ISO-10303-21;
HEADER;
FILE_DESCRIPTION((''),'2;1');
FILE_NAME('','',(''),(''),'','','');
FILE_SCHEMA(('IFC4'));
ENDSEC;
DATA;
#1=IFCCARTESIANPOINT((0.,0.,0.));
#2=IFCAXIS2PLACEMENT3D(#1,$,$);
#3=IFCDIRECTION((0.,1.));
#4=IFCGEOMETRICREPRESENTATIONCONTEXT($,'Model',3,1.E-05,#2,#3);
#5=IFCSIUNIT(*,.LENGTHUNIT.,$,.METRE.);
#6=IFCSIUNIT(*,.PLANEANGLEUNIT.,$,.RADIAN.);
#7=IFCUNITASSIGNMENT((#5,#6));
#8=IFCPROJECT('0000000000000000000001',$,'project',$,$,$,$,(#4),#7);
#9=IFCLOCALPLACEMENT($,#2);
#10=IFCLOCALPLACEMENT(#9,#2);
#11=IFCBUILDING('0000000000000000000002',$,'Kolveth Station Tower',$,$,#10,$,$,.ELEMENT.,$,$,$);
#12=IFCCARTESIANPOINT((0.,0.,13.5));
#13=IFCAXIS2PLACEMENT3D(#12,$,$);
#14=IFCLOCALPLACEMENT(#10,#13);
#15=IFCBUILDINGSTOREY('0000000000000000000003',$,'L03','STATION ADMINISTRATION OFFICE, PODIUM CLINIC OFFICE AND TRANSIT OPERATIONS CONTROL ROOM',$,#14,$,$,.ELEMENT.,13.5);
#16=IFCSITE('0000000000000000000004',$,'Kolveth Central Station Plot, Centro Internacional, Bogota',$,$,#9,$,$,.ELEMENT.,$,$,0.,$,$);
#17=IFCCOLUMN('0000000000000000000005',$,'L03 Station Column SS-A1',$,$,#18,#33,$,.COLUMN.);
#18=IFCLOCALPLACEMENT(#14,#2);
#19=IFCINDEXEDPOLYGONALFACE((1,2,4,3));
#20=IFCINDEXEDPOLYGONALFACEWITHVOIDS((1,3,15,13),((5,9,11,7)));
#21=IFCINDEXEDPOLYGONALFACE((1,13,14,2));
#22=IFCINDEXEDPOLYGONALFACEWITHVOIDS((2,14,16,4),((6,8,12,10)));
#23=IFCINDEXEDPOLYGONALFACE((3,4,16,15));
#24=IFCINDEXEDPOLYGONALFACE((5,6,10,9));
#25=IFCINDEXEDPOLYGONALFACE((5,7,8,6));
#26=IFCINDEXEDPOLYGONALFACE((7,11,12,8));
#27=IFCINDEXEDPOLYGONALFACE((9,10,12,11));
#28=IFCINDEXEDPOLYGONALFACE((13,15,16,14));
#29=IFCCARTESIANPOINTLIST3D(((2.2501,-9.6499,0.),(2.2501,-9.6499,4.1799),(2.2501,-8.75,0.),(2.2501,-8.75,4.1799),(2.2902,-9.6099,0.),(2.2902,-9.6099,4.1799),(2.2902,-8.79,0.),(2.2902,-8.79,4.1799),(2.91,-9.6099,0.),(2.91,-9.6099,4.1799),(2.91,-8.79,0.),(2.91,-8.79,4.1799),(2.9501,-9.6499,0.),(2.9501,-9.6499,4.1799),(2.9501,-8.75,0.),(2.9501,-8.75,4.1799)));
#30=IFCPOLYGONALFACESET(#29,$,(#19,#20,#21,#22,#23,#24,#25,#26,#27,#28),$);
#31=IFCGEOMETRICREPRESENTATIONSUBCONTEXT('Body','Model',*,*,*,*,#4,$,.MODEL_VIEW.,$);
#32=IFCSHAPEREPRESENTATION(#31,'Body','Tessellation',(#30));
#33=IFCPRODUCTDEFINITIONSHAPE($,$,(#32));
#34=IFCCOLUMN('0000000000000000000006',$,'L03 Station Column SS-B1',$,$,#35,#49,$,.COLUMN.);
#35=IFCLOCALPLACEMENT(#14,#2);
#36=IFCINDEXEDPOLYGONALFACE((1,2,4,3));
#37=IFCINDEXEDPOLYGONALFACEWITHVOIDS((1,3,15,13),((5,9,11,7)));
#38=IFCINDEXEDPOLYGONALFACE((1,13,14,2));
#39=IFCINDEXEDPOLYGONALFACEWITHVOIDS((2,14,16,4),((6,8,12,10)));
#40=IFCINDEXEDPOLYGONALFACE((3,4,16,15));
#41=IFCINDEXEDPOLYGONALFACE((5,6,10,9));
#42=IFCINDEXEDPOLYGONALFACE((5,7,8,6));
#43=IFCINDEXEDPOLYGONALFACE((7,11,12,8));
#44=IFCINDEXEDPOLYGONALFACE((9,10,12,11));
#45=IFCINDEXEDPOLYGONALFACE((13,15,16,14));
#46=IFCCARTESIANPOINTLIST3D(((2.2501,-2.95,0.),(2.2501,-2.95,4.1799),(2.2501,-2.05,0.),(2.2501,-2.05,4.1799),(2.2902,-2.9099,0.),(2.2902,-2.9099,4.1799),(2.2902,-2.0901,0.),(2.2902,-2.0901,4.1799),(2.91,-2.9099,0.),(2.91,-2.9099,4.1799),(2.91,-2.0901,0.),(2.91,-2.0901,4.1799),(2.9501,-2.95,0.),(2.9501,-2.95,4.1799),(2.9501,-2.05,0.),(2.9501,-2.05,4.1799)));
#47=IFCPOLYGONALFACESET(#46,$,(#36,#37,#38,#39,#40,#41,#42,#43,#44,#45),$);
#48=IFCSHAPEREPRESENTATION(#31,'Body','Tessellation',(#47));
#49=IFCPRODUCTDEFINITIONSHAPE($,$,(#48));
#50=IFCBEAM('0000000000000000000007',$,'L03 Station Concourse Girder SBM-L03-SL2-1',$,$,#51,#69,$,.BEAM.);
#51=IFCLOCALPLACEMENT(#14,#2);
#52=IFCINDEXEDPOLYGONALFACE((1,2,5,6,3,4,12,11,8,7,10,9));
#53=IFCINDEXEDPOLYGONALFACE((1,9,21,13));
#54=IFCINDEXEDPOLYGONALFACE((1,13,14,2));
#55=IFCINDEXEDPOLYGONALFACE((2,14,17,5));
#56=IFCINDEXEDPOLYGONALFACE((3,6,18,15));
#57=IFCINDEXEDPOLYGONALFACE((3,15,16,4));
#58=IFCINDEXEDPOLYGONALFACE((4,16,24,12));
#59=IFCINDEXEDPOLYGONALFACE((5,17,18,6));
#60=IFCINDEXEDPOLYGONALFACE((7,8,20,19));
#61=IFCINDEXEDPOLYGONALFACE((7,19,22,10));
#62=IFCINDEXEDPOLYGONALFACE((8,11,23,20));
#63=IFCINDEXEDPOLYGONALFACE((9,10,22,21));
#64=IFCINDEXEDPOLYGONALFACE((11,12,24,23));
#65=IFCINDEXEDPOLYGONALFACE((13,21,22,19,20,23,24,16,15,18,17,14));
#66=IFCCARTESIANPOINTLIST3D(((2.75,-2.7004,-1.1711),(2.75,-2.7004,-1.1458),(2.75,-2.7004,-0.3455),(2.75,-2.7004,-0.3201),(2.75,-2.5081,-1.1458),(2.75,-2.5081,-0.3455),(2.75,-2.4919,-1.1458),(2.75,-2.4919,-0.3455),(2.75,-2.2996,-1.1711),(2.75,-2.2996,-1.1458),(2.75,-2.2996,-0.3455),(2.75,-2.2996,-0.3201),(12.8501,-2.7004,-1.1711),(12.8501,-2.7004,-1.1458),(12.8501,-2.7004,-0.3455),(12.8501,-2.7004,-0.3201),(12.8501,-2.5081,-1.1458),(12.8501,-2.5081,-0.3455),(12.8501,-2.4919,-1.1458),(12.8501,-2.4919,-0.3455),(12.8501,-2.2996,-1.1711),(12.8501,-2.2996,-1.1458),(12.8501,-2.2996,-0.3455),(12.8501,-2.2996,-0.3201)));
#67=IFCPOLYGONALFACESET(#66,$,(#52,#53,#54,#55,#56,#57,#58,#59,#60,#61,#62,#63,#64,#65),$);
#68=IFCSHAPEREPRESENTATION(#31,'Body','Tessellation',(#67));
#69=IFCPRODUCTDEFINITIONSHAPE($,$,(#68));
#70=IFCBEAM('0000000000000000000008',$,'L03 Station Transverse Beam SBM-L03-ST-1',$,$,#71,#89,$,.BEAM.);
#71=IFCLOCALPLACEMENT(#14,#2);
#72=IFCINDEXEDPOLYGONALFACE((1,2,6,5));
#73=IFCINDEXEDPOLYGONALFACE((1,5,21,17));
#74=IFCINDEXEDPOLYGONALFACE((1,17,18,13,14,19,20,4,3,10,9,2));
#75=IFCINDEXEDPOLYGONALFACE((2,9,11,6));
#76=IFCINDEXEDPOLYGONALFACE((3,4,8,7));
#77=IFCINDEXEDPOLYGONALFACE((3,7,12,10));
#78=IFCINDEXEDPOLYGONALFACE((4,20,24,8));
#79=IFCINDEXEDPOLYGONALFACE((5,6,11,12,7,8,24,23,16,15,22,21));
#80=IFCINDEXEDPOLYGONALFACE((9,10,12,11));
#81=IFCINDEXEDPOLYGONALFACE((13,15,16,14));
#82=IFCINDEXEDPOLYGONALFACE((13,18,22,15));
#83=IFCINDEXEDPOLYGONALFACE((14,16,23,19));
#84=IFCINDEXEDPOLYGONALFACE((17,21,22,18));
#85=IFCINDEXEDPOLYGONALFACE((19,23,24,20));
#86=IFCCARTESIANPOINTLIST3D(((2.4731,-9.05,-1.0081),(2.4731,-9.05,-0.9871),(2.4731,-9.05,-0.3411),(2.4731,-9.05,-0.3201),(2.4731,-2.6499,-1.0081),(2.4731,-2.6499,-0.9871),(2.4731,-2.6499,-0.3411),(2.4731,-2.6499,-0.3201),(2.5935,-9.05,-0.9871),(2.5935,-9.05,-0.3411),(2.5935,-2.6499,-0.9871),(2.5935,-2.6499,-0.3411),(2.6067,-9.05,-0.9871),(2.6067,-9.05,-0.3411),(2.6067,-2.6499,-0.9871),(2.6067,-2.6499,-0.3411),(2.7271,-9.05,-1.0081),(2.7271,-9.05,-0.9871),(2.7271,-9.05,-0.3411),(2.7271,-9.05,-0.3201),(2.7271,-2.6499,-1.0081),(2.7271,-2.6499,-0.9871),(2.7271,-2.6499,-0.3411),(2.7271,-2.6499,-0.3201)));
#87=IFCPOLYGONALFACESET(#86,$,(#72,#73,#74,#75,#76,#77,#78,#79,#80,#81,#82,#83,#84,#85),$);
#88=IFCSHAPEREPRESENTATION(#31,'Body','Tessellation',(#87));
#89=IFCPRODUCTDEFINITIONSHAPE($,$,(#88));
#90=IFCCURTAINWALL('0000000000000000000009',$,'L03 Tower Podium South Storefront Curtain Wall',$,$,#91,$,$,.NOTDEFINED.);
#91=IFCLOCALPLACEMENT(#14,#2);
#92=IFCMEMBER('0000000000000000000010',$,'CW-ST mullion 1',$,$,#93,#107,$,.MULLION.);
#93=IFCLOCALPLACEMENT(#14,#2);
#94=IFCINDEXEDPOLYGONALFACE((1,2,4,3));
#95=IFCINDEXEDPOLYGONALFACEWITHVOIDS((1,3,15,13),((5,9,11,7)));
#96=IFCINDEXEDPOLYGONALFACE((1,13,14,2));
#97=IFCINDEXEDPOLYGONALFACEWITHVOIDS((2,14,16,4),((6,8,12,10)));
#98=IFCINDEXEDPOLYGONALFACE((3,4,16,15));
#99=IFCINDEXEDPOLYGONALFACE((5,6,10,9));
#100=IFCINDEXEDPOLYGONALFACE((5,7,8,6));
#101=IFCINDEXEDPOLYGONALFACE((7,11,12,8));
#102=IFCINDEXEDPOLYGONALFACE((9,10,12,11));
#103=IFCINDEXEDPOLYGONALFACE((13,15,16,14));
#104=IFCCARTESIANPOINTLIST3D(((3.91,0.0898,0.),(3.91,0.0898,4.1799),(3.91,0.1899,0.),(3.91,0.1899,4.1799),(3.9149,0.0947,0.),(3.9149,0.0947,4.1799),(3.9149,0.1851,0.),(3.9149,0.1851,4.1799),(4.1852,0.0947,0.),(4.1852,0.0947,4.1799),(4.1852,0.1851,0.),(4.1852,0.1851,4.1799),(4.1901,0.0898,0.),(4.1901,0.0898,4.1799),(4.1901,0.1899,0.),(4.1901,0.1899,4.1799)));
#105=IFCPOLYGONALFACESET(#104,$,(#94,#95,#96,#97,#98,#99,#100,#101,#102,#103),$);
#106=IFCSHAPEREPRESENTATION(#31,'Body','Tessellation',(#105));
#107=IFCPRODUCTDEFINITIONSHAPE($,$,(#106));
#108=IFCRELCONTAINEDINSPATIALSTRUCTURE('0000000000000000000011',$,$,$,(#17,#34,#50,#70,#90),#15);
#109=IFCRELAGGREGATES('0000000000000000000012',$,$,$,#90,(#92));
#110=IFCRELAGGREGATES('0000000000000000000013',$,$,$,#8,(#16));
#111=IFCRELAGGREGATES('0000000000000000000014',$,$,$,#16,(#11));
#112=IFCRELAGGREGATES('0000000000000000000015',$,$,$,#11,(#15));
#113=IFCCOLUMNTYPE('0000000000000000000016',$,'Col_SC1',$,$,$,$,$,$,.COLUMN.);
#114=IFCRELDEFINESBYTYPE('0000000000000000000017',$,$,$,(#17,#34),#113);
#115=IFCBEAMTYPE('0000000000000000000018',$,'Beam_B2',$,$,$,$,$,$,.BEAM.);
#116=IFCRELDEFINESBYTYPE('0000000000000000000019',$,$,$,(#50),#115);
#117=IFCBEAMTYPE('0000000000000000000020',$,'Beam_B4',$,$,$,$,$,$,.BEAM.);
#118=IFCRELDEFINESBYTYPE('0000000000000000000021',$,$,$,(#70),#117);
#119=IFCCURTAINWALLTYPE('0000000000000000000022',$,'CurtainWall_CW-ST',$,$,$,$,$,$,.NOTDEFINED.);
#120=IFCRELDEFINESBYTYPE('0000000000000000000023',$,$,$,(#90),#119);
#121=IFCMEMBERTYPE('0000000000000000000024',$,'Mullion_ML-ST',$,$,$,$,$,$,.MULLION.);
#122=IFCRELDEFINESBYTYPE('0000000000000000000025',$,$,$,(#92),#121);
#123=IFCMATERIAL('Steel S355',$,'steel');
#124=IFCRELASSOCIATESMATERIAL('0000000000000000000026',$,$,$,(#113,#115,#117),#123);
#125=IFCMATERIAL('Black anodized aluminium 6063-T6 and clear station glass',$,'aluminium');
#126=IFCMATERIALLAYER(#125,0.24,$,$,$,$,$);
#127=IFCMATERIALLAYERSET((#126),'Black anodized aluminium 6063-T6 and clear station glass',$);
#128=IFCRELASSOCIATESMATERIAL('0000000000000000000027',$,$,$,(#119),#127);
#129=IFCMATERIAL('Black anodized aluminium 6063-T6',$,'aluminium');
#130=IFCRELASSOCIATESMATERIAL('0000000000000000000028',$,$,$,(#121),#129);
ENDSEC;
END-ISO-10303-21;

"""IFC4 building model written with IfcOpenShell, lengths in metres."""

from ifc_helpers import new_model, si_unit, direction, frame, origin, origin_2d, place, context, subcontext, project, spatial, hollow_rectangle, i_section, extrude, source, transform, mapped, material, layer, layer_set, material_profile, profile_set, type_object, element, aggregate, save


model = new_model("IFC4")

# Units and contexts
model_context = context("Model", 3, precision=1e-05, world=origin(), true_north=direction((0.0, 1.0)))
body_context = subcontext(model_context, "Body", "Model", "MODEL_VIEW")
ifc_project = project(units=[si_unit("LENGTHUNIT", "METRE"), si_unit("PLANEANGLEUNIT", "RADIAN")], contexts=[model_context])

# Site, building, storey
site_placement = place(None, origin())
site = spatial("IfcSite", under=ifc_project, at=site_placement, Name="Kolveth Central Station Plot, Centro Internacional, Bogota", CompositionType="ELEMENT", RefElevation=0.0)
building_placement = place(site_placement, origin())
building = spatial("IfcBuilding", under=site, at=building_placement, Name="Kolveth Station Tower", CompositionType="ELEMENT")
storey_placement = place(building_placement, frame((0.0, 0.0, 13.5)))
storey = spatial("IfcBuildingStorey", under=building, at=storey_placement, Name="L03", Description="STATION ADMINISTRATION OFFICE, PODIUM CLINIC OFFICE AND TRANSIT OPERATIONS CONTROL ROOM", CompositionType="ELEMENT", Elevation=13.5)

# Columns
ifc_material_1 = material(Name="Steel S355", Category="steel")
ifc_material_profile_1 = material_profile(ifc_material_1, hollow_rectangle(XDim=0.7, YDim=0.8999, WallThickness=0.04, at=origin_2d()), Name="BOX900x700x40")
ifc_profile_set_1 = profile_set([ifc_material_profile_1], Name="Steel S355")
column_type = type_object("IfcColumnType", Name="Col_SC1", PredefinedType="COLUMN", material=ifc_profile_set_1)
shared_shape_1 = source(origin(), body_context, "Body", "SweptSolid", [
    extrude(hollow_rectangle(XDim=0.7, YDim=0.8999, WallThickness=0.04, at=origin_2d()), origin(), (0.0, 0.0, 1.0), 4.1799),
])
for number, where, z_axis, x_axis, name in (
    (1, (2.6001, -9.2, 0.0), (0.0, 0.0, 1.0), (1.0, 0.0, 0.0), "L03 Station Column SS-A1"),
    (2, (2.6001, -2.5, 0.0), (0.0, 0.0, 1.0), (1.0, 0.0, 0.0), "L03 Station Column SS-B1"),
):
    element("IfcColumn", number, at=place(storey_placement, frame(where, z_axis=z_axis, x_axis=x_axis)), inside=storey, type_object=column_type, Name=name, PredefinedType="COLUMN", context=body_context, shape_type="MappedRepresentation", body=[
        mapped(shared_shape_1, transform((0.0, 0.0, 0.0), x_axis=(1.0, 0.0, 0.0), y_axis=(0.0, 1.0, 0.0), z_axis=(0.0, 0.0, 1.0), scale=1.0)),
    ])

# Beams
ifc_material_profile_2 = material_profile(ifc_material_1, i_section(OverallWidth=0.4009, OverallDepth=0.8511, WebThickness=0.0161, FlangeThickness=0.0254, at=origin_2d()), Name="W840x226")
ifc_profile_set_2 = profile_set([ifc_material_profile_2], Name="Steel S355")
beam_type_1 = type_object("IfcBeamType", Name="Beam_B2", PredefinedType="BEAM", material=ifc_profile_set_2)
shared_shape_2 = source(origin(), body_context, "Body", "SweptSolid", [
    extrude(i_section(OverallWidth=0.4009, OverallDepth=0.8511, WebThickness=0.0161, FlangeThickness=0.0254, at=origin_2d()), origin(), (0.0, 0.0, 1.0), 10.1001),
])
beam_1_placement = place(storey_placement, frame((2.75, -2.5, -0.7456), z_axis=(1.0, 0.0, 0.0), x_axis=(0.0, 1.0, 0.0)))
element("IfcBeam", 3, at=beam_1_placement, inside=storey, type_object=beam_type_1, Name="L03 Station Concourse Girder SBM-L03-SL2-1", PredefinedType="BEAM", context=body_context, shape_type="MappedRepresentation", body=[
    mapped(shared_shape_2, transform((0.0, 0.0, 0.0), x_axis=(1.0, 0.0, 0.0), y_axis=(0.0, 1.0, 0.0), z_axis=(0.0, 0.0, 1.0), scale=1.0)),
])
ifc_material_profile_3 = material_profile(ifc_material_1, i_section(OverallWidth=0.2539, OverallDepth=0.688, WebThickness=0.0132, FlangeThickness=0.021, at=origin_2d()), Name="W690x152")
ifc_profile_set_3 = profile_set([ifc_material_profile_3], Name="Steel S355")
beam_type_2 = type_object("IfcBeamType", Name="Beam_B4", PredefinedType="BEAM", material=ifc_profile_set_3)
shared_shape_3 = source(origin(), body_context, "Body", "SweptSolid", [
    extrude(i_section(OverallWidth=0.2539, OverallDepth=0.688, WebThickness=0.0132, FlangeThickness=0.021, at=origin_2d()), origin(), (0.0, 0.0, 1.0), 6.4001),
])
beam_2_placement = place(storey_placement, frame((2.6001, -9.05, -0.6641), z_axis=(0.0, 1.0, 0.0), x_axis=(-1.0, 0.0, 0.0)))
element("IfcBeam", 4, at=beam_2_placement, inside=storey, type_object=beam_type_2, Name="L03 Station Transverse Beam SBM-L03-ST-1", PredefinedType="BEAM", context=body_context, shape_type="MappedRepresentation", body=[
    mapped(shared_shape_3, transform((0.0, 0.0, 0.0), x_axis=(1.0, 0.0, 0.0), y_axis=(0.0, 1.0, 0.0), z_axis=(0.0, 0.0, 1.0), scale=1.0)),
])

# Curtain wall, member
ifc_material_2 = material(Name="Black anodized aluminium 6063-T6 and clear station glass", Category="aluminium")
ifc_layer_1 = layer(ifc_material_2, 0.24)
ifc_layer_set_1 = layer_set([ifc_layer_1], Name="Black anodized aluminium 6063-T6 and clear station glass")
curtain_wall_type = type_object("IfcCurtainWallType", Name="CurtainWall_CW-ST", PredefinedType="NOTDEFINED", material=ifc_layer_set_1)
curtain_wall_placement = place(storey_placement, origin())
curtain_wall = element("IfcCurtainWall", 5, at=curtain_wall_placement, inside=storey, type_object=curtain_wall_type, Name="L03 Tower Podium South Storefront Curtain Wall", PredefinedType="NOTDEFINED")
ifc_material_3 = material(Name="Black anodized aluminium 6063-T6", Category="aluminium")
ifc_material_profile_4 = material_profile(ifc_material_3, hollow_rectangle(XDim=0.1001, YDim=0.28, WallThickness=0.0049, at=origin_2d()), Name="ALU-100x280x5")
ifc_profile_set_4 = profile_set([ifc_material_profile_4], Name="Black anodized aluminium 6063-T6")
member_type = type_object("IfcMemberType", Name="Mullion_ML-ST", PredefinedType="MULLION", material=ifc_profile_set_4)
shared_shape_4 = source(origin(), body_context, "Body", "SweptSolid", [
    extrude(hollow_rectangle(XDim=0.1001, YDim=0.28, WallThickness=0.0049, at=origin_2d()), origin(), (0.0, 0.0, 1.0), 4.1799),
])
member_placement = place(storey_placement, frame((4.05, 0.1399, 0.0), z_axis=(0.0, 0.0, 1.0), x_axis=(0.0, 1.0, 0.0)))
member = element("IfcMember", 6, at=member_placement, type_object=member_type, Name="CW-ST mullion 1", PredefinedType="MULLION", context=body_context, shape_type="MappedRepresentation", body=[
    mapped(shared_shape_4, transform((0.0, 0.0, 0.0), x_axis=(1.0, 0.0, 0.0), y_axis=(0.0, 1.0, 0.0), z_axis=(0.0, 0.0, 1.0), scale=1.0)),
])
aggregate(curtain_wall, [member])

save(model, "model.ifc")
